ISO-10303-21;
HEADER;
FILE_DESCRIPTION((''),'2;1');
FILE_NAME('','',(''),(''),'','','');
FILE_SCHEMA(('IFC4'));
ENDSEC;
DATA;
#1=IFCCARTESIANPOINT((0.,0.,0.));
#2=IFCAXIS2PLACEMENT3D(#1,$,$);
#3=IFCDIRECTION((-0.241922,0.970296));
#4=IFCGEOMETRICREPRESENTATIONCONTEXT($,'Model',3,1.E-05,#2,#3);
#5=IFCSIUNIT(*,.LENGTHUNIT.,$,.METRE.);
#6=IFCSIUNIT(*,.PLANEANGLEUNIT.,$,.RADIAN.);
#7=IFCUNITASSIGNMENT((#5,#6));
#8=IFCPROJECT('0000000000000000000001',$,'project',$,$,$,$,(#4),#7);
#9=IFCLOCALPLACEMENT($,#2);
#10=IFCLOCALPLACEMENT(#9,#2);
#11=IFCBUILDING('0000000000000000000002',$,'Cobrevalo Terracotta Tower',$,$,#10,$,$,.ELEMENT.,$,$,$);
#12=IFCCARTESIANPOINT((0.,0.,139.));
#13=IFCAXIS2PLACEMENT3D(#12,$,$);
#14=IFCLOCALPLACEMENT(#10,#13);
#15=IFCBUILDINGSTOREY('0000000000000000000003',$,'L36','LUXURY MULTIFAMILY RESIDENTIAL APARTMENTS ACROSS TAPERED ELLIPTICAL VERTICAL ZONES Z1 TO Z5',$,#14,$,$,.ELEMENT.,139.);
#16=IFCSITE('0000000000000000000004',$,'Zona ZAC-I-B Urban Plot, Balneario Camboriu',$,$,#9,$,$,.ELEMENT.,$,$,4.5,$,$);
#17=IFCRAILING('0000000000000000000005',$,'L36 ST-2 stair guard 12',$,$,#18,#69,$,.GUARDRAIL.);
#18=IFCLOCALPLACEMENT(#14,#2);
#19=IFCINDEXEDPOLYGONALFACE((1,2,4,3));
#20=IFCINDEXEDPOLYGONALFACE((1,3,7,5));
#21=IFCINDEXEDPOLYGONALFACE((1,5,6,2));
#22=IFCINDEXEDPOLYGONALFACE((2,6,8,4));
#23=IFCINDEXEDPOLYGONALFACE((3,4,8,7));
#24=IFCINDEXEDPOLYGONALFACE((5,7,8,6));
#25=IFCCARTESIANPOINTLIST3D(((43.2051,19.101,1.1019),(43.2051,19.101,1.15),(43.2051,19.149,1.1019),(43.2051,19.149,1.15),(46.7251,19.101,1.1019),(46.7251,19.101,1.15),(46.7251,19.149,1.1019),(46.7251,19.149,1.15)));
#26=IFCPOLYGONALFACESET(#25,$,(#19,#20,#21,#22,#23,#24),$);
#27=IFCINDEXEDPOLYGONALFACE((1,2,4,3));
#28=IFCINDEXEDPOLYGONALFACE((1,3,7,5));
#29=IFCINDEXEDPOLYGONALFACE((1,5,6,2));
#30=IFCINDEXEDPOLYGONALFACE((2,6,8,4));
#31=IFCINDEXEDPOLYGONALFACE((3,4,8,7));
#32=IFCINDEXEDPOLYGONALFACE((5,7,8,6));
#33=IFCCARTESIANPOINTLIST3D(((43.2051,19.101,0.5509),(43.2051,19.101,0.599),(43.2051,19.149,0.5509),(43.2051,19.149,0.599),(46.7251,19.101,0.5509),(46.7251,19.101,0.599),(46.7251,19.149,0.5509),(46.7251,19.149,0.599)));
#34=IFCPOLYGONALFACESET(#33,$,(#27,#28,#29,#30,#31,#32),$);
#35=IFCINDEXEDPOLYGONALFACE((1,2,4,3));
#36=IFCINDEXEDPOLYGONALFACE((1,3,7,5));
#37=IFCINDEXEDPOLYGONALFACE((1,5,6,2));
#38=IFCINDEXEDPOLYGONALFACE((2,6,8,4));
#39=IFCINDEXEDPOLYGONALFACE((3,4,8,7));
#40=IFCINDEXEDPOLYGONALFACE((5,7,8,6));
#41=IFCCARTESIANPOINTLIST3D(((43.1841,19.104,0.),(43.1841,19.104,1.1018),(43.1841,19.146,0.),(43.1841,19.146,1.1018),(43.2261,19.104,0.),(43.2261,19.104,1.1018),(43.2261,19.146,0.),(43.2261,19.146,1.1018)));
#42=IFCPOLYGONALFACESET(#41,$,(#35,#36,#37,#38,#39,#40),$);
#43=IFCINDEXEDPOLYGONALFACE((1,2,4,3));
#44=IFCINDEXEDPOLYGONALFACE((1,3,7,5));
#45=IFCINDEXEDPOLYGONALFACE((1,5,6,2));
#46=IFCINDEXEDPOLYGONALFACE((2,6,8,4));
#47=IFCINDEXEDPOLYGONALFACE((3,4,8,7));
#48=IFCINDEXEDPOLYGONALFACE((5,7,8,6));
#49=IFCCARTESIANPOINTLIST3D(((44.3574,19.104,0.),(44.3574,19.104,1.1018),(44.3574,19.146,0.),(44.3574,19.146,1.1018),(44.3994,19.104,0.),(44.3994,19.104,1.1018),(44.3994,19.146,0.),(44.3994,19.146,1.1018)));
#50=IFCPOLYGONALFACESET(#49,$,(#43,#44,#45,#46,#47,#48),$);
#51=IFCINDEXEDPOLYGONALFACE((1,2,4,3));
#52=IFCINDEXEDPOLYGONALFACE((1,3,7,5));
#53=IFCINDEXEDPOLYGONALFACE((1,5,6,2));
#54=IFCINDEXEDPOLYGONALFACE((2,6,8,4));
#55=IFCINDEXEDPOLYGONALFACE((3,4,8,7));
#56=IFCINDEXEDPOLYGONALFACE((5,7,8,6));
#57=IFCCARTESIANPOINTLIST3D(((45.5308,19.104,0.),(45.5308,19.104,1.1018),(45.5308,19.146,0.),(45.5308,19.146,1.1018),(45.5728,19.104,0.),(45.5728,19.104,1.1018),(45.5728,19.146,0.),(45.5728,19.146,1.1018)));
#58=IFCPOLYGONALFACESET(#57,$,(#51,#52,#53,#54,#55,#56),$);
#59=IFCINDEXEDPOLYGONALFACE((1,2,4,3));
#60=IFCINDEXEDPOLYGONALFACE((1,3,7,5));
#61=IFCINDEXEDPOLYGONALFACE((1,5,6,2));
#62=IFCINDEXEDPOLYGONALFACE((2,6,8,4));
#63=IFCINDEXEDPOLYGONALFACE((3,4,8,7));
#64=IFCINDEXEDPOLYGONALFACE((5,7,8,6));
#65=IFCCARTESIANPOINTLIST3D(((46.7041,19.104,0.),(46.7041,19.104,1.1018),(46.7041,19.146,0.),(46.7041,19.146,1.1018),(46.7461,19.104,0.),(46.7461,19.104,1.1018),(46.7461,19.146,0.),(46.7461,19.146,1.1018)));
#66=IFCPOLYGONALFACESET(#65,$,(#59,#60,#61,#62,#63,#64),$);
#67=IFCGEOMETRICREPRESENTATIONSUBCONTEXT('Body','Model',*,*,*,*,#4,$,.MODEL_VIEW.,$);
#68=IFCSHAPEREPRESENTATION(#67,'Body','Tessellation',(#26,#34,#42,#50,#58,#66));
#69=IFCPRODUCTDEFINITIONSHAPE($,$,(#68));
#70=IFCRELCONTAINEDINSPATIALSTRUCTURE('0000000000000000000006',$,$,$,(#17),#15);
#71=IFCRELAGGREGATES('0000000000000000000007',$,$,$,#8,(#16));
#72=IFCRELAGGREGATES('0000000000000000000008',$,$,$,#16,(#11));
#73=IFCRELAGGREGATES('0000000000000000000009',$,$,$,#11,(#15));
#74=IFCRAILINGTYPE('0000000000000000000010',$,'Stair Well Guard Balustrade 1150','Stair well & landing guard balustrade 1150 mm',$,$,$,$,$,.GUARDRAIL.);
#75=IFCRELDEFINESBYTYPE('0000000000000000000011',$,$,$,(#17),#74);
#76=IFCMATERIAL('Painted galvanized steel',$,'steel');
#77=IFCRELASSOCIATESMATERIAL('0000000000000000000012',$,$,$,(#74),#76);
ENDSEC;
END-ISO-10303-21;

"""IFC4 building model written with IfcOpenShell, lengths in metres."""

from ifc_helpers import new_model, si_unit, direction, frame, origin, origin_2d, place, context, subcontext, project, spatial, rectangle, extrude, material, type_object, element, save


model = new_model("IFC4")

# Units and contexts
model_context = context("Model", 3, precision=1e-05, world=origin(), true_north=direction((-0.241922, 0.970296)))
body_context = subcontext(model_context, "Body", "Model", "MODEL_VIEW")
ifc_project = project(units=[si_unit("LENGTHUNIT", "METRE"), si_unit("PLANEANGLEUNIT", "RADIAN")], contexts=[model_context])

# Site, building, storey
site_placement = place(None, origin())
site = spatial("IfcSite", under=ifc_project, at=site_placement, Name="Zona ZAC-I-B Urban Plot, Balneario Camboriu", CompositionType="ELEMENT", RefElevation=4.5)
building_placement = place(site_placement, origin())
building = spatial("IfcBuilding", under=site, at=building_placement, Name="Cobrevalo Terracotta Tower", CompositionType="ELEMENT")
storey_placement = place(building_placement, frame((0.0, 0.0, 139.0)))
storey = spatial("IfcBuildingStorey", under=building, at=storey_placement, Name="L36", Description="LUXURY MULTIFAMILY RESIDENTIAL APARTMENTS ACROSS TAPERED ELLIPTICAL VERTICAL ZONES Z1 TO Z5", CompositionType="ELEMENT", Elevation=139.0)

# Railing
ifc_material_1 = material(Name="Painted galvanized steel", Category="steel")
railing_type_1 = type_object("IfcRailingType", Name="Stair Well Guard Balustrade 1150", Description="Stair well & landing guard balustrade 1150 mm", PredefinedType="GUARDRAIL", material=ifc_material_1)
railing_1_placement = place(storey_placement, frame((43.2051, 19.125, 0.0)))
element("IfcRailing", 1, at=railing_1_placement, inside=storey, type_object=railing_type_1, Name="L36 ST-2 stair guard 12", PredefinedType="GUARDRAIL", context=body_context, shape_type="SweptSolid", body=[
    extrude(rectangle(XDim=0.0481, YDim=0.0481, at=origin_2d()), frame((0.0, 0.0, 1.126), z_axis=(1.0, 0.0, 0.0), x_axis=(0.0, 1.0, 0.0)), (0.0, 0.0, 1.0), 3.52),
    extrude(rectangle(XDim=0.0481, YDim=0.0481, at=origin_2d()), frame((0.0, 0.0, 0.575), z_axis=(1.0, 0.0, 0.0), x_axis=(0.0, 1.0, 0.0)), (0.0, 0.0, 1.0), 3.52),
    extrude(rectangle(XDim=0.042, YDim=0.042, at=origin_2d()), origin(), (0.0, 0.0, 1.0), 1.1018),
    extrude(rectangle(XDim=0.042, YDim=0.042, at=origin_2d()), frame((1.1733, 0.0, 0.0)), (0.0, 0.0, 1.0), 1.1018),
    extrude(rectangle(XDim=0.042, YDim=0.042, at=origin_2d()), frame((2.3467, 0.0, 0.0)), (0.0, 0.0, 1.0), 1.1018),
    extrude(rectangle(XDim=0.042, YDim=0.042, at=origin_2d()), frame((3.52, 0.0, 0.0)), (0.0, 0.0, 1.0), 1.1018),
])

save(model, "model.ifc")
